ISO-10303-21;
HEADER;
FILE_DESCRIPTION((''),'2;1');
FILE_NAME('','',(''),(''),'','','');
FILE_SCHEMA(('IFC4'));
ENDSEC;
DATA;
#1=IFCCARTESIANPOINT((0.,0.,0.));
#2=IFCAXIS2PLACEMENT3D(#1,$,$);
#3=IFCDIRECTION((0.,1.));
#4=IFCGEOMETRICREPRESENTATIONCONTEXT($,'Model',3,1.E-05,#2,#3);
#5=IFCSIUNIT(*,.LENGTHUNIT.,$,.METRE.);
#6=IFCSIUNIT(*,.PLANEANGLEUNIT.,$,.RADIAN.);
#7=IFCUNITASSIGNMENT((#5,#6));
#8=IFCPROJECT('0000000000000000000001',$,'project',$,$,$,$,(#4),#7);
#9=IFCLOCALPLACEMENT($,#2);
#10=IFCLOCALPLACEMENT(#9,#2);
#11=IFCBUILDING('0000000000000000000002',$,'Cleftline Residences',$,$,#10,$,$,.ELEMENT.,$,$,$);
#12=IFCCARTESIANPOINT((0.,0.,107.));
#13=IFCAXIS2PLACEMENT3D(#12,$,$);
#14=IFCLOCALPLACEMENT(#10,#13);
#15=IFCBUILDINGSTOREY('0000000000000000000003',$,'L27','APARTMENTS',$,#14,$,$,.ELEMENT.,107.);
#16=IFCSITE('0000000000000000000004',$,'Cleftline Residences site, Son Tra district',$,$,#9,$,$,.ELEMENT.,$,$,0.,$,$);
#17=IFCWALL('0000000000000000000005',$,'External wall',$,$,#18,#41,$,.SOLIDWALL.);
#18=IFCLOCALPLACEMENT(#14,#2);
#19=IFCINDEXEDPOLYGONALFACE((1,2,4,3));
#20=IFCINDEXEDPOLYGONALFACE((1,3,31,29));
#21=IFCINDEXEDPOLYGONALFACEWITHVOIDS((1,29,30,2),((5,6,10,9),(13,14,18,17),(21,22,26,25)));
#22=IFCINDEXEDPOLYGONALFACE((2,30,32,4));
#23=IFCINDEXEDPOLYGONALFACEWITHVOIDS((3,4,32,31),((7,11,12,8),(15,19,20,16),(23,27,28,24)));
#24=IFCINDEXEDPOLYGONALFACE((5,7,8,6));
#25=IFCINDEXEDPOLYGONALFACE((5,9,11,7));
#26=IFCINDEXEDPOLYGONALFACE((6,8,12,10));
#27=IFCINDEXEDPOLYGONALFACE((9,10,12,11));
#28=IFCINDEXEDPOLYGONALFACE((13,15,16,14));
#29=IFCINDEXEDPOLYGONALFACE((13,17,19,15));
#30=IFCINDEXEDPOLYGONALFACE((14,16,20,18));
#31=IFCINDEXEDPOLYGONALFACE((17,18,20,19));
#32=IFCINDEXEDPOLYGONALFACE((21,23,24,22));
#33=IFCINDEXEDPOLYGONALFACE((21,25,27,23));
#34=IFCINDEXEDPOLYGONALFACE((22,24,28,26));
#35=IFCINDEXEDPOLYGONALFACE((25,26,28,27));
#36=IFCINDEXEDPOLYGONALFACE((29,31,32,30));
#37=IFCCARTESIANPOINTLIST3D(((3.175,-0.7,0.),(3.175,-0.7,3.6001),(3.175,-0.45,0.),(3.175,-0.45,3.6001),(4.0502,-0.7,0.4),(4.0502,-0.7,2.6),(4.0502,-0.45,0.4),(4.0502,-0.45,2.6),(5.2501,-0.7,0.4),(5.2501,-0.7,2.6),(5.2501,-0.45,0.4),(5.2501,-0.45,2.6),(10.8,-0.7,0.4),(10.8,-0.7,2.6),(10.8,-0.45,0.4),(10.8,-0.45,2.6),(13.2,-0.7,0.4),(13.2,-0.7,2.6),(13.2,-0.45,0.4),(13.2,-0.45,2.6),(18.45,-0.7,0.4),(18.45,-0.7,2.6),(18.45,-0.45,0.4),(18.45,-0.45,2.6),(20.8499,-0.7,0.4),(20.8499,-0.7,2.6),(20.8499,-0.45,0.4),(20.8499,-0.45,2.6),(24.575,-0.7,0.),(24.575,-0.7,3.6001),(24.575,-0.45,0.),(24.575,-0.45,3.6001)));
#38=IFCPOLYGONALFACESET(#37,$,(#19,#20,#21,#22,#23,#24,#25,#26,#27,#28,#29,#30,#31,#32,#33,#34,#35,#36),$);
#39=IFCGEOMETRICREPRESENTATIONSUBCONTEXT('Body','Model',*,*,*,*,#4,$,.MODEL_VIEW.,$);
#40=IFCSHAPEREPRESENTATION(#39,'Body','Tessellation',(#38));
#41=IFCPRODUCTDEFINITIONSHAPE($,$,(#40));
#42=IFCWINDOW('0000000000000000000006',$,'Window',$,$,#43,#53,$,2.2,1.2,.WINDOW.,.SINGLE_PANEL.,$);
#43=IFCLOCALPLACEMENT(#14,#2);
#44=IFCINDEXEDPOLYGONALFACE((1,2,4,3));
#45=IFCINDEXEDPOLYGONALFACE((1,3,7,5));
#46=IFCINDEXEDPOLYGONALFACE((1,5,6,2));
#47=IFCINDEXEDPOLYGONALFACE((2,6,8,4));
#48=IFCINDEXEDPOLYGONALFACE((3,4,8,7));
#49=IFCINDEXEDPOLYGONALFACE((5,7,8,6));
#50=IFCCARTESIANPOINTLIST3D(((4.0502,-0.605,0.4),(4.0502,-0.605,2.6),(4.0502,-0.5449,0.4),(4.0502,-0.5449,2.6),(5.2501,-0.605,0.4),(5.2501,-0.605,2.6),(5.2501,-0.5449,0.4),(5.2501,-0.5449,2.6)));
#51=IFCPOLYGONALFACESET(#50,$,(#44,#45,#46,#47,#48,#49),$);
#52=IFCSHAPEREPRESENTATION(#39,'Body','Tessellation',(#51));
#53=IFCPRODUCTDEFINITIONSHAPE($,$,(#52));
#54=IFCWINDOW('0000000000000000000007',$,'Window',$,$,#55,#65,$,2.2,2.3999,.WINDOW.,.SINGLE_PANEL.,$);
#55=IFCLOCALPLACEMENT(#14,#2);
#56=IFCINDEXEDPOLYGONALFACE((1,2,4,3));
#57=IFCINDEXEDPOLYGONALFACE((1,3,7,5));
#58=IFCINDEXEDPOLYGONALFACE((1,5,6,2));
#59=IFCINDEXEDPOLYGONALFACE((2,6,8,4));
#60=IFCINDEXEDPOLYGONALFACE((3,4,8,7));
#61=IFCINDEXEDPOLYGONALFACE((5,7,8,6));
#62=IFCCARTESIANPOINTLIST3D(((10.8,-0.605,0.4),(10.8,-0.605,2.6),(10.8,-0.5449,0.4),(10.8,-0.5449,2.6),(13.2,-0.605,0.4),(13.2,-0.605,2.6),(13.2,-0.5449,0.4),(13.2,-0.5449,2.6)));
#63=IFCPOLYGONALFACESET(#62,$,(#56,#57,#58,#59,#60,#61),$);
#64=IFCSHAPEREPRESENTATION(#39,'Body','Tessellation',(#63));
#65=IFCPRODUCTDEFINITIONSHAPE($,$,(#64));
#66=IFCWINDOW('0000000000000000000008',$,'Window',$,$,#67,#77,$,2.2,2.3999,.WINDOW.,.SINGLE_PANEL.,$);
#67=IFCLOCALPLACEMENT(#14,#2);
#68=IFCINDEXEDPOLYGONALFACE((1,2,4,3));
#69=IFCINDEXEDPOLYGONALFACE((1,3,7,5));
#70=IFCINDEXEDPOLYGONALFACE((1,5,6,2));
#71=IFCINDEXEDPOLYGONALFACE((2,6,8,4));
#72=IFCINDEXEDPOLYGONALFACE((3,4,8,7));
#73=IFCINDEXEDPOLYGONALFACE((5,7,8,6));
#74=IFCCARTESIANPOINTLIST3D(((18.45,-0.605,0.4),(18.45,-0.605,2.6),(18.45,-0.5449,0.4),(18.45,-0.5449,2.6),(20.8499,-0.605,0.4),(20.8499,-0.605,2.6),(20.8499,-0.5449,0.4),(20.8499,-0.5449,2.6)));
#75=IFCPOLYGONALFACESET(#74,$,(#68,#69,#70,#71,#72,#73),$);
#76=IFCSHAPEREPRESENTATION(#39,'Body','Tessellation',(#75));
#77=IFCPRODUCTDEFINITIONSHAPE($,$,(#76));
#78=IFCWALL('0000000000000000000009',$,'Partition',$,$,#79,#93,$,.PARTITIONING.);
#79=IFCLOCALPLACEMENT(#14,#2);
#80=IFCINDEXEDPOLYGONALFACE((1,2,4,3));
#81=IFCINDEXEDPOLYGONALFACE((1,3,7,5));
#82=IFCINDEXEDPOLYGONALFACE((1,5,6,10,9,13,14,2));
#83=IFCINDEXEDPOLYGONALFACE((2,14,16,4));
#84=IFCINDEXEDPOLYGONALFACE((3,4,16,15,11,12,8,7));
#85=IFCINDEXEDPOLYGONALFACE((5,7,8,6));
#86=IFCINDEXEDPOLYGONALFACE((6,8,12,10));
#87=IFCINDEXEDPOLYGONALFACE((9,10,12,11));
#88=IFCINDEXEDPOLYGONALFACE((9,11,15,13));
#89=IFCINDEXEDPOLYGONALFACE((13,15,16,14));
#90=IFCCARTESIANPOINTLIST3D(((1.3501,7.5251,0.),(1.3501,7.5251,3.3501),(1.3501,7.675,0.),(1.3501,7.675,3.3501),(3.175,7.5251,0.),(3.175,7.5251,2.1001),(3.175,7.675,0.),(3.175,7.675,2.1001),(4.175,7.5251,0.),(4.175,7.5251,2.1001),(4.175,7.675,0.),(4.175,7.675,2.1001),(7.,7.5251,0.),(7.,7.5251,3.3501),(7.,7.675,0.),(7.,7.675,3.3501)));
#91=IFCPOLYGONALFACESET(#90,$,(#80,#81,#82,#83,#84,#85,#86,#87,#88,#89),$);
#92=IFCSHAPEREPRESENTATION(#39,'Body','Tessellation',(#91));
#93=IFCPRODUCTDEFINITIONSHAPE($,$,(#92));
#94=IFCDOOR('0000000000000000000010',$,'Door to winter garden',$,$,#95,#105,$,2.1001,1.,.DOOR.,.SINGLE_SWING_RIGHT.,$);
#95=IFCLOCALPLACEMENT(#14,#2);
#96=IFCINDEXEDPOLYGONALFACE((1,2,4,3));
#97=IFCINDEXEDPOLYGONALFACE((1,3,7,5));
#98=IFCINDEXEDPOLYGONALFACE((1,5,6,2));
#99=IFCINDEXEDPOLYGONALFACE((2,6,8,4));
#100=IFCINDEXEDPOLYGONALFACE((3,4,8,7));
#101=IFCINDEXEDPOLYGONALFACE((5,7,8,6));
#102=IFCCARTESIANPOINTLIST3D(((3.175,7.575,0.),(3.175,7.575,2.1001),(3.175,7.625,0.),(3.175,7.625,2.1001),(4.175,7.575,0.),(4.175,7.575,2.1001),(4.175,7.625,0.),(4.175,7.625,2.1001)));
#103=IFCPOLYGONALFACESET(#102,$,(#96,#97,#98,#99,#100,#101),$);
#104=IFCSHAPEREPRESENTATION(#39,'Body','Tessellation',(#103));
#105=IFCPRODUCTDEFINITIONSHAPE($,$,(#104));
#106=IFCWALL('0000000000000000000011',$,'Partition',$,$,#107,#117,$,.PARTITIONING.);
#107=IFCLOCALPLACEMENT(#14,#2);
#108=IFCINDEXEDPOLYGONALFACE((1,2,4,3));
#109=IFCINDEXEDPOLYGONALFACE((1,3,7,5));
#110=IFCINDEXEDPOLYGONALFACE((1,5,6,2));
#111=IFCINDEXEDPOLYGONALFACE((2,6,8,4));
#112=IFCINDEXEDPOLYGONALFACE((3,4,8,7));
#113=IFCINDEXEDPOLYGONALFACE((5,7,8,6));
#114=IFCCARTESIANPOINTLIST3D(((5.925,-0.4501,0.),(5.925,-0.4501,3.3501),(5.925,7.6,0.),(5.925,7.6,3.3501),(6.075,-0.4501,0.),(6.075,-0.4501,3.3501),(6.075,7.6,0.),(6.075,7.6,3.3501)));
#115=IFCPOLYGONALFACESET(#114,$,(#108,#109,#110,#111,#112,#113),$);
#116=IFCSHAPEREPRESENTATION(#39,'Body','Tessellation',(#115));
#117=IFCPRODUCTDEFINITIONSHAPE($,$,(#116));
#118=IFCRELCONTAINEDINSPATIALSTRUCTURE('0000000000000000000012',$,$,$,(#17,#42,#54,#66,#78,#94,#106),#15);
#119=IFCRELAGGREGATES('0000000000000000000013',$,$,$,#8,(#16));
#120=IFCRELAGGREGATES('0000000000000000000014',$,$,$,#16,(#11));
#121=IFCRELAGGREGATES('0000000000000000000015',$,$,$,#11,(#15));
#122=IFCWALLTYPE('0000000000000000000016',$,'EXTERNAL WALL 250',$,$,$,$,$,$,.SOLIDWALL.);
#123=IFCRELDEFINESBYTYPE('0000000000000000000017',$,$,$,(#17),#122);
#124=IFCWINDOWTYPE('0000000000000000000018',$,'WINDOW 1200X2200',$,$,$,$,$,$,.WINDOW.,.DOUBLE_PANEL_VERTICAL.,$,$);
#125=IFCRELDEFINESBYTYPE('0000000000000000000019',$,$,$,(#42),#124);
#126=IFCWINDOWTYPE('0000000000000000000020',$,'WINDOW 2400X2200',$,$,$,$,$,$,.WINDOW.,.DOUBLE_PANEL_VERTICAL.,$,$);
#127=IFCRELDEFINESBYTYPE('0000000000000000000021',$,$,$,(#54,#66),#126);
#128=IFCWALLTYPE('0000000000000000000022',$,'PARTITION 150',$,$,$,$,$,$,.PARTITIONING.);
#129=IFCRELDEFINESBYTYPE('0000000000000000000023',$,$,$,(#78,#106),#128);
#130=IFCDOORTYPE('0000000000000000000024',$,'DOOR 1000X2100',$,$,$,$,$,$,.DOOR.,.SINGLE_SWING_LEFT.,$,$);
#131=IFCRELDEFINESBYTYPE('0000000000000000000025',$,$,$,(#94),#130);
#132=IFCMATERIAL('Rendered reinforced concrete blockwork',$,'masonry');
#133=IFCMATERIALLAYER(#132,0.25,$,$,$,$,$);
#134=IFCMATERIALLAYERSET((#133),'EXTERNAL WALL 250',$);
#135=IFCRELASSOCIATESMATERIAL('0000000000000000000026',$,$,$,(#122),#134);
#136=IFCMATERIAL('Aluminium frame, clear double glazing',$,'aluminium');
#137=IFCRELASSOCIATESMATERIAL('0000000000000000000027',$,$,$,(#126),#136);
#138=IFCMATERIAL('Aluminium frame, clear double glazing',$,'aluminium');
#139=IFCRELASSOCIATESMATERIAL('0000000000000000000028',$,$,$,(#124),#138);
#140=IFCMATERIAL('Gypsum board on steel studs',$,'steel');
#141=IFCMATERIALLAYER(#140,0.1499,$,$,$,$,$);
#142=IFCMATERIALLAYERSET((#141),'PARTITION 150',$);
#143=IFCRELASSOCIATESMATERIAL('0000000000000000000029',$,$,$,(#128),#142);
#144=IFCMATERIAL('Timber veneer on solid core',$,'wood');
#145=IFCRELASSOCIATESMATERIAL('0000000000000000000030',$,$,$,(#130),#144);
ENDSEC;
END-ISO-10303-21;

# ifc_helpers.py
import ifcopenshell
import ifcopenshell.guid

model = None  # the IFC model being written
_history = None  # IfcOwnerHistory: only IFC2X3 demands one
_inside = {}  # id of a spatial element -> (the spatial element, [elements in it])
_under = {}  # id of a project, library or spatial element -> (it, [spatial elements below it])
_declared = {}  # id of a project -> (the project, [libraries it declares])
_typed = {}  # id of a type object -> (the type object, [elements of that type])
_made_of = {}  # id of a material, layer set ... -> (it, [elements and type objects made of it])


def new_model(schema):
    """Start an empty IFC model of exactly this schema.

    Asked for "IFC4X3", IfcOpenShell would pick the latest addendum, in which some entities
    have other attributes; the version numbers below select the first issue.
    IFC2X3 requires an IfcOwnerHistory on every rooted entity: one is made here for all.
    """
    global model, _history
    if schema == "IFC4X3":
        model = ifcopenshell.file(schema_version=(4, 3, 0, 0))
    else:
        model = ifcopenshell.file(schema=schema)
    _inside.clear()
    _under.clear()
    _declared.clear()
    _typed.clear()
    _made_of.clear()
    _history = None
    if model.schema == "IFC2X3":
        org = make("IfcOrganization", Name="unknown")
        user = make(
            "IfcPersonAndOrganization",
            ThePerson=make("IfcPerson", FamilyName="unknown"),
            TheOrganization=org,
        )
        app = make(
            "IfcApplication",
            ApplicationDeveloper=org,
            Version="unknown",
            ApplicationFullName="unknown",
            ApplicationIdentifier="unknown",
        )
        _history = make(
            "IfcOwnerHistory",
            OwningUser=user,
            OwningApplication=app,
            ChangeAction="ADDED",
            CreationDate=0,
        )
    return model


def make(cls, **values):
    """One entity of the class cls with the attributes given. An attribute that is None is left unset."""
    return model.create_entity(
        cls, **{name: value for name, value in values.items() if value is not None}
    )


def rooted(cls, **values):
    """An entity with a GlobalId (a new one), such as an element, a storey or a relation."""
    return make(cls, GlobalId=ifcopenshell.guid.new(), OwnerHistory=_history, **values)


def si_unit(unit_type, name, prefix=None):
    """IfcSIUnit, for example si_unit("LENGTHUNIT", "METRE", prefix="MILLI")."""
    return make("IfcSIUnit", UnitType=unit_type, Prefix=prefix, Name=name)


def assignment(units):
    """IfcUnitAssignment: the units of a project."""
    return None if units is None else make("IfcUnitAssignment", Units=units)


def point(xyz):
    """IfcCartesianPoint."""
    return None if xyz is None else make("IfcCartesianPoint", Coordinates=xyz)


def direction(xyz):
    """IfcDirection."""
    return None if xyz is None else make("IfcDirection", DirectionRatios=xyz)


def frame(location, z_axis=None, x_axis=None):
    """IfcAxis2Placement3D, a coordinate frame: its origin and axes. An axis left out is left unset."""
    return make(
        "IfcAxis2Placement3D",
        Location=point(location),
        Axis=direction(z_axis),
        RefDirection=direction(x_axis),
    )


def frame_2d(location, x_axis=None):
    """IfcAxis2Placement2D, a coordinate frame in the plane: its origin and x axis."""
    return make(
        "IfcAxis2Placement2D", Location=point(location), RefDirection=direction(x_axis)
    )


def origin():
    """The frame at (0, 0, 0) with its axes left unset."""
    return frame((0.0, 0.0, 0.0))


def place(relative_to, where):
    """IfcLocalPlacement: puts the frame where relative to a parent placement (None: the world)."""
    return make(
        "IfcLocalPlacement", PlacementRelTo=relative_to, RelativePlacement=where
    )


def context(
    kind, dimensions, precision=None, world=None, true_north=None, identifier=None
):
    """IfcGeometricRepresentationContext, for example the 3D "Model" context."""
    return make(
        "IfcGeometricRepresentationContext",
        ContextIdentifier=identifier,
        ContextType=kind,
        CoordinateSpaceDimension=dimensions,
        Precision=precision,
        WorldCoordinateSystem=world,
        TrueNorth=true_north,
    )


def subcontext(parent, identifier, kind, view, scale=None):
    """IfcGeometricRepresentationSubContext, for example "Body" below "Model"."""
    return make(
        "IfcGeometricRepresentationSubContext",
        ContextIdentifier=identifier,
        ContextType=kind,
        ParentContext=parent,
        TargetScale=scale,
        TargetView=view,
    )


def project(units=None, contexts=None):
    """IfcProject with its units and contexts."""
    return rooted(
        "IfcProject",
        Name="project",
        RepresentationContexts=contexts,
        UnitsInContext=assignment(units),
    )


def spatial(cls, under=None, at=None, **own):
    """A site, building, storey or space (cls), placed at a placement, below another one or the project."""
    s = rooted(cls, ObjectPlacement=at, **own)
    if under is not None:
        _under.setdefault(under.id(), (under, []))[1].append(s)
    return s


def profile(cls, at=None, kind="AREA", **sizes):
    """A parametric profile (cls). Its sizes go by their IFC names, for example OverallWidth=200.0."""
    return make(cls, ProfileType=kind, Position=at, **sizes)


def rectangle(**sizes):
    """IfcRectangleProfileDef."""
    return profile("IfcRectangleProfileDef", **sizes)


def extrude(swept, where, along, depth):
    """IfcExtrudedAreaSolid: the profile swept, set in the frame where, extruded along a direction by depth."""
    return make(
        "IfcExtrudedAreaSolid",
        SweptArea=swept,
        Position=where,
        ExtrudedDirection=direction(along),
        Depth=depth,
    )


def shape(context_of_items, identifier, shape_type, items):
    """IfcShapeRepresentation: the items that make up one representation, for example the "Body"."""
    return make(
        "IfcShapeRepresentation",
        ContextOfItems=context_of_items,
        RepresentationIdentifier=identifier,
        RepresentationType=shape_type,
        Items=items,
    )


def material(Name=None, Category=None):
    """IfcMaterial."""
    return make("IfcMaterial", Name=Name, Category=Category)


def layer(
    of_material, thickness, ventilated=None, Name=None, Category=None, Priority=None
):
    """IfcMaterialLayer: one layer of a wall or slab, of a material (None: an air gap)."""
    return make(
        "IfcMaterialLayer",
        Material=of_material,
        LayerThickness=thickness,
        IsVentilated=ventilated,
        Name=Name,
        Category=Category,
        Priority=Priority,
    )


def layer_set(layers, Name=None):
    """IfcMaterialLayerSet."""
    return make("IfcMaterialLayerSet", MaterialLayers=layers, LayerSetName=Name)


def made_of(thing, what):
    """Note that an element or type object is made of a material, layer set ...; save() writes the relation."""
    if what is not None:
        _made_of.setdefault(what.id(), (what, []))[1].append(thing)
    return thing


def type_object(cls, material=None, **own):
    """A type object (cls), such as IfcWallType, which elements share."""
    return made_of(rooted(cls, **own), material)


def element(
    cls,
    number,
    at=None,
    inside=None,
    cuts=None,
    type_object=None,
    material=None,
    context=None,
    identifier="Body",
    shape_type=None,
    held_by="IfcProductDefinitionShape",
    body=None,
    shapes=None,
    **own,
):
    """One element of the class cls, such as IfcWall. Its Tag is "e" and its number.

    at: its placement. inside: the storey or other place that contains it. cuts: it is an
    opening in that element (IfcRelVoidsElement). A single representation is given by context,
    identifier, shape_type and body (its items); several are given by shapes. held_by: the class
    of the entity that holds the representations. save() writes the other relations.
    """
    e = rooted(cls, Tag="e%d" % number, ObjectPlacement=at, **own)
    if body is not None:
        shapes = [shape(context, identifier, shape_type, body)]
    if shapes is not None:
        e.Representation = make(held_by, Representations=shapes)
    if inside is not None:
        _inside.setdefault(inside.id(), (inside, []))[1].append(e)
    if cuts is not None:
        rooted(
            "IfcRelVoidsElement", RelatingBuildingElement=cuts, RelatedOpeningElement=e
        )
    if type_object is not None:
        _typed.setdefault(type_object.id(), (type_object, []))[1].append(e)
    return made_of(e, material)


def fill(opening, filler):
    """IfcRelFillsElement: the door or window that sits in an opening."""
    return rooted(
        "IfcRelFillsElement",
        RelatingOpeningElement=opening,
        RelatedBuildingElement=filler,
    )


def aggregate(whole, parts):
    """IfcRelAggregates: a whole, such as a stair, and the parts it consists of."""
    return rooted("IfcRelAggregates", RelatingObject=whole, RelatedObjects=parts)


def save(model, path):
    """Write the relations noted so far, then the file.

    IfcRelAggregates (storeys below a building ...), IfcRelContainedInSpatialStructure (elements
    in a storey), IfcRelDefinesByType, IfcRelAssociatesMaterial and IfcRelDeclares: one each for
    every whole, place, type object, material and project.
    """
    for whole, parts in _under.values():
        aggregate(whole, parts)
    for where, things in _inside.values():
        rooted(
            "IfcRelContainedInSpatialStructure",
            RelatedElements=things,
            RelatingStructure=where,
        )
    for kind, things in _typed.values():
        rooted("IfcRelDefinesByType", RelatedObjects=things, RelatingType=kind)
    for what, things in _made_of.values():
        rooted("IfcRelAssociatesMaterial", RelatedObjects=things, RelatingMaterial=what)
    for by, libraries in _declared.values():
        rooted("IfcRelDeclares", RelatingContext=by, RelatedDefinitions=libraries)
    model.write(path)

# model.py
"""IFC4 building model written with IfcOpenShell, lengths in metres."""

from ifc_helpers import new_model, si_unit, direction, frame, frame_2d, origin, place, context, subcontext, project, spatial, rectangle, extrude, material, layer, layer_set, type_object, element, fill, save


model = new_model("IFC4")

# Units and contexts
model_context = context("Model", 3, precision=1e-05, world=origin(), true_north=direction((0.0, 1.0)))
body_context = subcontext(model_context, "Body", "Model", "MODEL_VIEW")
ifc_project = project(units=[si_unit("LENGTHUNIT", "METRE"), si_unit("PLANEANGLEUNIT", "RADIAN")], contexts=[model_context])

# Site, building, storey
site_placement = place(None, origin())
site = spatial("IfcSite", under=ifc_project, at=site_placement, Name="Cleftline Residences site, Son Tra district", CompositionType="ELEMENT", RefElevation=0.0)
building_placement = place(site_placement, origin())
building = spatial("IfcBuilding", under=site, at=building_placement, Name="Cleftline Residences", CompositionType="ELEMENT")
storey_placement = place(building_placement, frame((0.0, 0.0, 107.0)))
storey = spatial("IfcBuildingStorey", under=building, at=storey_placement, Name="L27", Description="APARTMENTS", CompositionType="ELEMENT", Elevation=107.0)

# Shared definitions
ifc_material_1 = material(Name="Rendered reinforced concrete blockwork", Category="masonry")
ifc_layer_1 = layer(ifc_material_1, 0.25)
ifc_layer_set_1 = layer_set([ifc_layer_1], Name="EXTERNAL WALL 250")
wall_type_1 = type_object("IfcWallType", Name="EXTERNAL WALL 250", PredefinedType="SOLIDWALL", material=ifc_layer_set_1)
ifc_material_2 = material(Name="Aluminium frame, clear double glazing", Category="aluminium")
window_type_1 = type_object("IfcWindowType", Name="WINDOW 2400X2200", PartitioningType="DOUBLE_PANEL_VERTICAL", PredefinedType="WINDOW", material=ifc_material_2)

# Wall, openings, windows
wall_1_placement = place(storey_placement, frame((3.175, -0.575, 0.0), z_axis=(0.0, 0.0, 1.0), x_axis=(1.0, 0.0, 0.0)))
wall_1 = element("IfcWall", 1, at=wall_1_placement, inside=storey, type_object=wall_type_1, Name="External wall", PredefinedType="SOLIDWALL", context=body_context, shape_type="SweptSolid", body=[
    extrude(rectangle(XDim=21.3999, YDim=0.25, at=frame_2d((10.7, 0.0))), origin(), (0.0, 0.0, 1.0), 3.6001),
])
opening_1_placement = place(wall_1_placement, frame((0.875, 0.0, 0.3999)))
opening_1 = element("IfcOpeningElement", 2, at=opening_1_placement, cuts=wall_1, PredefinedType="OPENING", context=body_context, shape_type="SweptSolid", body=[
    extrude(rectangle(XDim=1.2, YDim=2.2, at=frame_2d((0.6001, 1.1001))), frame((0.0, 0.135, 0.0), z_axis=(0.0, -1.0, 0.0), x_axis=(1.0, 0.0, 0.0)), (0.0, 0.0, 1.0), 0.27),
])
opening_2_placement = place(wall_1_placement, frame((7.625, 0.0, 0.3999)))
opening_2 = element("IfcOpeningElement", 3, at=opening_2_placement, cuts=wall_1, PredefinedType="OPENING", context=body_context, shape_type="SweptSolid", body=[
    extrude(rectangle(XDim=2.3999, YDim=2.2, at=frame_2d((1.2, 1.1001))), frame((0.0, 0.135, 0.0), z_axis=(0.0, -1.0, 0.0), x_axis=(1.0, 0.0, 0.0)), (0.0, 0.0, 1.0), 0.27),
])
opening_3_placement = place(wall_1_placement, frame((15.2749, 0.0, 0.3999)))
opening_3 = element("IfcOpeningElement", 4, at=opening_3_placement, cuts=wall_1, PredefinedType="OPENING", context=body_context, shape_type="SweptSolid", body=[
    extrude(rectangle(XDim=2.3999, YDim=2.2, at=frame_2d((1.2, 1.1001))), frame((0.0, 0.135, 0.0), z_axis=(0.0, -1.0, 0.0), x_axis=(1.0, 0.0, 0.0)), (0.0, 0.0, 1.0), 0.27),
])
ifc_material_3 = material(Name="Aluminium frame, clear double glazing", Category="aluminium")
window_type_2 = type_object("IfcWindowType", Name="WINDOW 1200X2200", PartitioningType="DOUBLE_PANEL_VERTICAL", PredefinedType="WINDOW", material=ifc_material_3)
window_1_placement = place(opening_1_placement, origin())
window_1 = element("IfcWindow", 5, at=window_1_placement, inside=storey, type_object=window_type_2, Name="Window", OverallHeight=2.2, OverallWidth=1.2, PartitioningType="SINGLE_PANEL", PredefinedType="WINDOW", context=body_context, shape_type="SweptSolid", body=[
    extrude(rectangle(XDim=1.2, YDim=2.2, at=frame_2d((0.6001, 1.1001))), frame((0.0, 0.03, 0.0), z_axis=(0.0, -1.0, 0.0), x_axis=(1.0, 0.0, 0.0)), (0.0, 0.0, 1.0), 0.0601),
])
fill(opening_1, window_1)
window_2_placement = place(opening_2_placement, origin())
window_2 = element("IfcWindow", 6, at=window_2_placement, inside=storey, type_object=window_type_1, Name="Window", OverallHeight=2.2, OverallWidth=2.3999, PartitioningType="SINGLE_PANEL", PredefinedType="WINDOW", context=body_context, shape_type="SweptSolid", body=[
    extrude(rectangle(XDim=2.3999, YDim=2.2, at=frame_2d((1.2, 1.1001))), frame((0.0, 0.03, 0.0), z_axis=(0.0, -1.0, 0.0), x_axis=(1.0, 0.0, 0.0)), (0.0, 0.0, 1.0), 0.0601),
])
fill(opening_2, window_2)
window_3_placement = place(opening_3_placement, origin())
window_3 = element("IfcWindow", 7, at=window_3_placement, inside=storey, type_object=window_type_1, Name="Window", OverallHeight=2.2, OverallWidth=2.3999, PartitioningType="SINGLE_PANEL", PredefinedType="WINDOW", context=body_context, shape_type="SweptSolid", body=[
    extrude(rectangle(XDim=2.3999, YDim=2.2, at=frame_2d((1.2, 1.1001))), frame((0.0, 0.03, 0.0), z_axis=(0.0, -1.0, 0.0), x_axis=(1.0, 0.0, 0.0)), (0.0, 0.0, 1.0), 0.0601),
])
fill(opening_3, window_3)

# Wall, opening, door
ifc_material_4 = material(Name="Gypsum board on steel studs", Category="steel")
ifc_layer_2 = layer(ifc_material_4, 0.1499)
ifc_layer_set_2 = layer_set([ifc_layer_2], Name="PARTITION 150")
wall_type_2 = type_object("IfcWallType", Name="PARTITION 150", PredefinedType="PARTITIONING", material=ifc_layer_set_2)
wall_2_placement = place(storey_placement, frame((1.3501, 7.6001, 0.0), z_axis=(0.0, 0.0, 1.0), x_axis=(1.0, 0.0, 0.0)))
wall_2 = element("IfcWall", 8, at=wall_2_placement, inside=storey, type_object=wall_type_2, Name="Partition", PredefinedType="PARTITIONING", context=body_context, shape_type="SweptSolid", body=[
    extrude(rectangle(XDim=5.6499, YDim=0.1499, at=frame_2d((2.825, 0.0))), origin(), (0.0, 0.0, 1.0), 3.3501),
])
opening_4_placement = place(wall_2_placement, frame((1.825, 0.0, 0.0)))
opening_4 = element("IfcOpeningElement", 9, at=opening_4_placement, cuts=wall_2, PredefinedType="OPENING", context=body_context, shape_type="SweptSolid", body=[
    extrude(rectangle(XDim=1.0, YDim=2.1001, at=frame_2d((0.5, 1.05))), frame((0.0, 0.085, 0.0), z_axis=(0.0, -1.0, 0.0), x_axis=(1.0, 0.0, 0.0)), (0.0, 0.0, 1.0), 0.1699),
])
ifc_material_5 = material(Name="Timber veneer on solid core", Category="wood")
door_type = type_object("IfcDoorType", Name="DOOR 1000X2100", OperationType="SINGLE_SWING_LEFT", PredefinedType="DOOR", material=ifc_material_5)
door_placement = place(opening_4_placement, origin())
door = element("IfcDoor", 10, at=door_placement, inside=storey, type_object=door_type, Name="Door to winter garden", OperationType="SINGLE_SWING_RIGHT", OverallHeight=2.1001, OverallWidth=1.0, PredefinedType="DOOR", context=body_context, shape_type="SweptSolid", body=[
    extrude(rectangle(XDim=1.0, YDim=2.1001, at=frame_2d((0.5, 1.05))), frame((0.0, 0.0249, 0.0), z_axis=(0.0, -1.0, 0.0), x_axis=(1.0, 0.0, 0.0)), (0.0, 0.0, 1.0), 0.05),
])
fill(opening_4, door)

# Wall
wall_3_placement = place(storey_placement, frame((6.0, -0.45, 0.0), z_axis=(0.0, 0.0, 1.0), x_axis=(0.0, 1.0, 0.0)))
element("IfcWall", 11, at=wall_3_placement, inside=storey, type_object=wall_type_2, Name="Partition", PredefinedType="PARTITIONING", context=body_context, shape_type="SweptSolid", body=[
    extrude(rectangle(XDim=8.05, YDim=0.1499, at=frame_2d((4.0249, 0.0))), origin(), (0.0, 0.0, 1.0), 3.3501),
])

save(model, "model.ifc")
